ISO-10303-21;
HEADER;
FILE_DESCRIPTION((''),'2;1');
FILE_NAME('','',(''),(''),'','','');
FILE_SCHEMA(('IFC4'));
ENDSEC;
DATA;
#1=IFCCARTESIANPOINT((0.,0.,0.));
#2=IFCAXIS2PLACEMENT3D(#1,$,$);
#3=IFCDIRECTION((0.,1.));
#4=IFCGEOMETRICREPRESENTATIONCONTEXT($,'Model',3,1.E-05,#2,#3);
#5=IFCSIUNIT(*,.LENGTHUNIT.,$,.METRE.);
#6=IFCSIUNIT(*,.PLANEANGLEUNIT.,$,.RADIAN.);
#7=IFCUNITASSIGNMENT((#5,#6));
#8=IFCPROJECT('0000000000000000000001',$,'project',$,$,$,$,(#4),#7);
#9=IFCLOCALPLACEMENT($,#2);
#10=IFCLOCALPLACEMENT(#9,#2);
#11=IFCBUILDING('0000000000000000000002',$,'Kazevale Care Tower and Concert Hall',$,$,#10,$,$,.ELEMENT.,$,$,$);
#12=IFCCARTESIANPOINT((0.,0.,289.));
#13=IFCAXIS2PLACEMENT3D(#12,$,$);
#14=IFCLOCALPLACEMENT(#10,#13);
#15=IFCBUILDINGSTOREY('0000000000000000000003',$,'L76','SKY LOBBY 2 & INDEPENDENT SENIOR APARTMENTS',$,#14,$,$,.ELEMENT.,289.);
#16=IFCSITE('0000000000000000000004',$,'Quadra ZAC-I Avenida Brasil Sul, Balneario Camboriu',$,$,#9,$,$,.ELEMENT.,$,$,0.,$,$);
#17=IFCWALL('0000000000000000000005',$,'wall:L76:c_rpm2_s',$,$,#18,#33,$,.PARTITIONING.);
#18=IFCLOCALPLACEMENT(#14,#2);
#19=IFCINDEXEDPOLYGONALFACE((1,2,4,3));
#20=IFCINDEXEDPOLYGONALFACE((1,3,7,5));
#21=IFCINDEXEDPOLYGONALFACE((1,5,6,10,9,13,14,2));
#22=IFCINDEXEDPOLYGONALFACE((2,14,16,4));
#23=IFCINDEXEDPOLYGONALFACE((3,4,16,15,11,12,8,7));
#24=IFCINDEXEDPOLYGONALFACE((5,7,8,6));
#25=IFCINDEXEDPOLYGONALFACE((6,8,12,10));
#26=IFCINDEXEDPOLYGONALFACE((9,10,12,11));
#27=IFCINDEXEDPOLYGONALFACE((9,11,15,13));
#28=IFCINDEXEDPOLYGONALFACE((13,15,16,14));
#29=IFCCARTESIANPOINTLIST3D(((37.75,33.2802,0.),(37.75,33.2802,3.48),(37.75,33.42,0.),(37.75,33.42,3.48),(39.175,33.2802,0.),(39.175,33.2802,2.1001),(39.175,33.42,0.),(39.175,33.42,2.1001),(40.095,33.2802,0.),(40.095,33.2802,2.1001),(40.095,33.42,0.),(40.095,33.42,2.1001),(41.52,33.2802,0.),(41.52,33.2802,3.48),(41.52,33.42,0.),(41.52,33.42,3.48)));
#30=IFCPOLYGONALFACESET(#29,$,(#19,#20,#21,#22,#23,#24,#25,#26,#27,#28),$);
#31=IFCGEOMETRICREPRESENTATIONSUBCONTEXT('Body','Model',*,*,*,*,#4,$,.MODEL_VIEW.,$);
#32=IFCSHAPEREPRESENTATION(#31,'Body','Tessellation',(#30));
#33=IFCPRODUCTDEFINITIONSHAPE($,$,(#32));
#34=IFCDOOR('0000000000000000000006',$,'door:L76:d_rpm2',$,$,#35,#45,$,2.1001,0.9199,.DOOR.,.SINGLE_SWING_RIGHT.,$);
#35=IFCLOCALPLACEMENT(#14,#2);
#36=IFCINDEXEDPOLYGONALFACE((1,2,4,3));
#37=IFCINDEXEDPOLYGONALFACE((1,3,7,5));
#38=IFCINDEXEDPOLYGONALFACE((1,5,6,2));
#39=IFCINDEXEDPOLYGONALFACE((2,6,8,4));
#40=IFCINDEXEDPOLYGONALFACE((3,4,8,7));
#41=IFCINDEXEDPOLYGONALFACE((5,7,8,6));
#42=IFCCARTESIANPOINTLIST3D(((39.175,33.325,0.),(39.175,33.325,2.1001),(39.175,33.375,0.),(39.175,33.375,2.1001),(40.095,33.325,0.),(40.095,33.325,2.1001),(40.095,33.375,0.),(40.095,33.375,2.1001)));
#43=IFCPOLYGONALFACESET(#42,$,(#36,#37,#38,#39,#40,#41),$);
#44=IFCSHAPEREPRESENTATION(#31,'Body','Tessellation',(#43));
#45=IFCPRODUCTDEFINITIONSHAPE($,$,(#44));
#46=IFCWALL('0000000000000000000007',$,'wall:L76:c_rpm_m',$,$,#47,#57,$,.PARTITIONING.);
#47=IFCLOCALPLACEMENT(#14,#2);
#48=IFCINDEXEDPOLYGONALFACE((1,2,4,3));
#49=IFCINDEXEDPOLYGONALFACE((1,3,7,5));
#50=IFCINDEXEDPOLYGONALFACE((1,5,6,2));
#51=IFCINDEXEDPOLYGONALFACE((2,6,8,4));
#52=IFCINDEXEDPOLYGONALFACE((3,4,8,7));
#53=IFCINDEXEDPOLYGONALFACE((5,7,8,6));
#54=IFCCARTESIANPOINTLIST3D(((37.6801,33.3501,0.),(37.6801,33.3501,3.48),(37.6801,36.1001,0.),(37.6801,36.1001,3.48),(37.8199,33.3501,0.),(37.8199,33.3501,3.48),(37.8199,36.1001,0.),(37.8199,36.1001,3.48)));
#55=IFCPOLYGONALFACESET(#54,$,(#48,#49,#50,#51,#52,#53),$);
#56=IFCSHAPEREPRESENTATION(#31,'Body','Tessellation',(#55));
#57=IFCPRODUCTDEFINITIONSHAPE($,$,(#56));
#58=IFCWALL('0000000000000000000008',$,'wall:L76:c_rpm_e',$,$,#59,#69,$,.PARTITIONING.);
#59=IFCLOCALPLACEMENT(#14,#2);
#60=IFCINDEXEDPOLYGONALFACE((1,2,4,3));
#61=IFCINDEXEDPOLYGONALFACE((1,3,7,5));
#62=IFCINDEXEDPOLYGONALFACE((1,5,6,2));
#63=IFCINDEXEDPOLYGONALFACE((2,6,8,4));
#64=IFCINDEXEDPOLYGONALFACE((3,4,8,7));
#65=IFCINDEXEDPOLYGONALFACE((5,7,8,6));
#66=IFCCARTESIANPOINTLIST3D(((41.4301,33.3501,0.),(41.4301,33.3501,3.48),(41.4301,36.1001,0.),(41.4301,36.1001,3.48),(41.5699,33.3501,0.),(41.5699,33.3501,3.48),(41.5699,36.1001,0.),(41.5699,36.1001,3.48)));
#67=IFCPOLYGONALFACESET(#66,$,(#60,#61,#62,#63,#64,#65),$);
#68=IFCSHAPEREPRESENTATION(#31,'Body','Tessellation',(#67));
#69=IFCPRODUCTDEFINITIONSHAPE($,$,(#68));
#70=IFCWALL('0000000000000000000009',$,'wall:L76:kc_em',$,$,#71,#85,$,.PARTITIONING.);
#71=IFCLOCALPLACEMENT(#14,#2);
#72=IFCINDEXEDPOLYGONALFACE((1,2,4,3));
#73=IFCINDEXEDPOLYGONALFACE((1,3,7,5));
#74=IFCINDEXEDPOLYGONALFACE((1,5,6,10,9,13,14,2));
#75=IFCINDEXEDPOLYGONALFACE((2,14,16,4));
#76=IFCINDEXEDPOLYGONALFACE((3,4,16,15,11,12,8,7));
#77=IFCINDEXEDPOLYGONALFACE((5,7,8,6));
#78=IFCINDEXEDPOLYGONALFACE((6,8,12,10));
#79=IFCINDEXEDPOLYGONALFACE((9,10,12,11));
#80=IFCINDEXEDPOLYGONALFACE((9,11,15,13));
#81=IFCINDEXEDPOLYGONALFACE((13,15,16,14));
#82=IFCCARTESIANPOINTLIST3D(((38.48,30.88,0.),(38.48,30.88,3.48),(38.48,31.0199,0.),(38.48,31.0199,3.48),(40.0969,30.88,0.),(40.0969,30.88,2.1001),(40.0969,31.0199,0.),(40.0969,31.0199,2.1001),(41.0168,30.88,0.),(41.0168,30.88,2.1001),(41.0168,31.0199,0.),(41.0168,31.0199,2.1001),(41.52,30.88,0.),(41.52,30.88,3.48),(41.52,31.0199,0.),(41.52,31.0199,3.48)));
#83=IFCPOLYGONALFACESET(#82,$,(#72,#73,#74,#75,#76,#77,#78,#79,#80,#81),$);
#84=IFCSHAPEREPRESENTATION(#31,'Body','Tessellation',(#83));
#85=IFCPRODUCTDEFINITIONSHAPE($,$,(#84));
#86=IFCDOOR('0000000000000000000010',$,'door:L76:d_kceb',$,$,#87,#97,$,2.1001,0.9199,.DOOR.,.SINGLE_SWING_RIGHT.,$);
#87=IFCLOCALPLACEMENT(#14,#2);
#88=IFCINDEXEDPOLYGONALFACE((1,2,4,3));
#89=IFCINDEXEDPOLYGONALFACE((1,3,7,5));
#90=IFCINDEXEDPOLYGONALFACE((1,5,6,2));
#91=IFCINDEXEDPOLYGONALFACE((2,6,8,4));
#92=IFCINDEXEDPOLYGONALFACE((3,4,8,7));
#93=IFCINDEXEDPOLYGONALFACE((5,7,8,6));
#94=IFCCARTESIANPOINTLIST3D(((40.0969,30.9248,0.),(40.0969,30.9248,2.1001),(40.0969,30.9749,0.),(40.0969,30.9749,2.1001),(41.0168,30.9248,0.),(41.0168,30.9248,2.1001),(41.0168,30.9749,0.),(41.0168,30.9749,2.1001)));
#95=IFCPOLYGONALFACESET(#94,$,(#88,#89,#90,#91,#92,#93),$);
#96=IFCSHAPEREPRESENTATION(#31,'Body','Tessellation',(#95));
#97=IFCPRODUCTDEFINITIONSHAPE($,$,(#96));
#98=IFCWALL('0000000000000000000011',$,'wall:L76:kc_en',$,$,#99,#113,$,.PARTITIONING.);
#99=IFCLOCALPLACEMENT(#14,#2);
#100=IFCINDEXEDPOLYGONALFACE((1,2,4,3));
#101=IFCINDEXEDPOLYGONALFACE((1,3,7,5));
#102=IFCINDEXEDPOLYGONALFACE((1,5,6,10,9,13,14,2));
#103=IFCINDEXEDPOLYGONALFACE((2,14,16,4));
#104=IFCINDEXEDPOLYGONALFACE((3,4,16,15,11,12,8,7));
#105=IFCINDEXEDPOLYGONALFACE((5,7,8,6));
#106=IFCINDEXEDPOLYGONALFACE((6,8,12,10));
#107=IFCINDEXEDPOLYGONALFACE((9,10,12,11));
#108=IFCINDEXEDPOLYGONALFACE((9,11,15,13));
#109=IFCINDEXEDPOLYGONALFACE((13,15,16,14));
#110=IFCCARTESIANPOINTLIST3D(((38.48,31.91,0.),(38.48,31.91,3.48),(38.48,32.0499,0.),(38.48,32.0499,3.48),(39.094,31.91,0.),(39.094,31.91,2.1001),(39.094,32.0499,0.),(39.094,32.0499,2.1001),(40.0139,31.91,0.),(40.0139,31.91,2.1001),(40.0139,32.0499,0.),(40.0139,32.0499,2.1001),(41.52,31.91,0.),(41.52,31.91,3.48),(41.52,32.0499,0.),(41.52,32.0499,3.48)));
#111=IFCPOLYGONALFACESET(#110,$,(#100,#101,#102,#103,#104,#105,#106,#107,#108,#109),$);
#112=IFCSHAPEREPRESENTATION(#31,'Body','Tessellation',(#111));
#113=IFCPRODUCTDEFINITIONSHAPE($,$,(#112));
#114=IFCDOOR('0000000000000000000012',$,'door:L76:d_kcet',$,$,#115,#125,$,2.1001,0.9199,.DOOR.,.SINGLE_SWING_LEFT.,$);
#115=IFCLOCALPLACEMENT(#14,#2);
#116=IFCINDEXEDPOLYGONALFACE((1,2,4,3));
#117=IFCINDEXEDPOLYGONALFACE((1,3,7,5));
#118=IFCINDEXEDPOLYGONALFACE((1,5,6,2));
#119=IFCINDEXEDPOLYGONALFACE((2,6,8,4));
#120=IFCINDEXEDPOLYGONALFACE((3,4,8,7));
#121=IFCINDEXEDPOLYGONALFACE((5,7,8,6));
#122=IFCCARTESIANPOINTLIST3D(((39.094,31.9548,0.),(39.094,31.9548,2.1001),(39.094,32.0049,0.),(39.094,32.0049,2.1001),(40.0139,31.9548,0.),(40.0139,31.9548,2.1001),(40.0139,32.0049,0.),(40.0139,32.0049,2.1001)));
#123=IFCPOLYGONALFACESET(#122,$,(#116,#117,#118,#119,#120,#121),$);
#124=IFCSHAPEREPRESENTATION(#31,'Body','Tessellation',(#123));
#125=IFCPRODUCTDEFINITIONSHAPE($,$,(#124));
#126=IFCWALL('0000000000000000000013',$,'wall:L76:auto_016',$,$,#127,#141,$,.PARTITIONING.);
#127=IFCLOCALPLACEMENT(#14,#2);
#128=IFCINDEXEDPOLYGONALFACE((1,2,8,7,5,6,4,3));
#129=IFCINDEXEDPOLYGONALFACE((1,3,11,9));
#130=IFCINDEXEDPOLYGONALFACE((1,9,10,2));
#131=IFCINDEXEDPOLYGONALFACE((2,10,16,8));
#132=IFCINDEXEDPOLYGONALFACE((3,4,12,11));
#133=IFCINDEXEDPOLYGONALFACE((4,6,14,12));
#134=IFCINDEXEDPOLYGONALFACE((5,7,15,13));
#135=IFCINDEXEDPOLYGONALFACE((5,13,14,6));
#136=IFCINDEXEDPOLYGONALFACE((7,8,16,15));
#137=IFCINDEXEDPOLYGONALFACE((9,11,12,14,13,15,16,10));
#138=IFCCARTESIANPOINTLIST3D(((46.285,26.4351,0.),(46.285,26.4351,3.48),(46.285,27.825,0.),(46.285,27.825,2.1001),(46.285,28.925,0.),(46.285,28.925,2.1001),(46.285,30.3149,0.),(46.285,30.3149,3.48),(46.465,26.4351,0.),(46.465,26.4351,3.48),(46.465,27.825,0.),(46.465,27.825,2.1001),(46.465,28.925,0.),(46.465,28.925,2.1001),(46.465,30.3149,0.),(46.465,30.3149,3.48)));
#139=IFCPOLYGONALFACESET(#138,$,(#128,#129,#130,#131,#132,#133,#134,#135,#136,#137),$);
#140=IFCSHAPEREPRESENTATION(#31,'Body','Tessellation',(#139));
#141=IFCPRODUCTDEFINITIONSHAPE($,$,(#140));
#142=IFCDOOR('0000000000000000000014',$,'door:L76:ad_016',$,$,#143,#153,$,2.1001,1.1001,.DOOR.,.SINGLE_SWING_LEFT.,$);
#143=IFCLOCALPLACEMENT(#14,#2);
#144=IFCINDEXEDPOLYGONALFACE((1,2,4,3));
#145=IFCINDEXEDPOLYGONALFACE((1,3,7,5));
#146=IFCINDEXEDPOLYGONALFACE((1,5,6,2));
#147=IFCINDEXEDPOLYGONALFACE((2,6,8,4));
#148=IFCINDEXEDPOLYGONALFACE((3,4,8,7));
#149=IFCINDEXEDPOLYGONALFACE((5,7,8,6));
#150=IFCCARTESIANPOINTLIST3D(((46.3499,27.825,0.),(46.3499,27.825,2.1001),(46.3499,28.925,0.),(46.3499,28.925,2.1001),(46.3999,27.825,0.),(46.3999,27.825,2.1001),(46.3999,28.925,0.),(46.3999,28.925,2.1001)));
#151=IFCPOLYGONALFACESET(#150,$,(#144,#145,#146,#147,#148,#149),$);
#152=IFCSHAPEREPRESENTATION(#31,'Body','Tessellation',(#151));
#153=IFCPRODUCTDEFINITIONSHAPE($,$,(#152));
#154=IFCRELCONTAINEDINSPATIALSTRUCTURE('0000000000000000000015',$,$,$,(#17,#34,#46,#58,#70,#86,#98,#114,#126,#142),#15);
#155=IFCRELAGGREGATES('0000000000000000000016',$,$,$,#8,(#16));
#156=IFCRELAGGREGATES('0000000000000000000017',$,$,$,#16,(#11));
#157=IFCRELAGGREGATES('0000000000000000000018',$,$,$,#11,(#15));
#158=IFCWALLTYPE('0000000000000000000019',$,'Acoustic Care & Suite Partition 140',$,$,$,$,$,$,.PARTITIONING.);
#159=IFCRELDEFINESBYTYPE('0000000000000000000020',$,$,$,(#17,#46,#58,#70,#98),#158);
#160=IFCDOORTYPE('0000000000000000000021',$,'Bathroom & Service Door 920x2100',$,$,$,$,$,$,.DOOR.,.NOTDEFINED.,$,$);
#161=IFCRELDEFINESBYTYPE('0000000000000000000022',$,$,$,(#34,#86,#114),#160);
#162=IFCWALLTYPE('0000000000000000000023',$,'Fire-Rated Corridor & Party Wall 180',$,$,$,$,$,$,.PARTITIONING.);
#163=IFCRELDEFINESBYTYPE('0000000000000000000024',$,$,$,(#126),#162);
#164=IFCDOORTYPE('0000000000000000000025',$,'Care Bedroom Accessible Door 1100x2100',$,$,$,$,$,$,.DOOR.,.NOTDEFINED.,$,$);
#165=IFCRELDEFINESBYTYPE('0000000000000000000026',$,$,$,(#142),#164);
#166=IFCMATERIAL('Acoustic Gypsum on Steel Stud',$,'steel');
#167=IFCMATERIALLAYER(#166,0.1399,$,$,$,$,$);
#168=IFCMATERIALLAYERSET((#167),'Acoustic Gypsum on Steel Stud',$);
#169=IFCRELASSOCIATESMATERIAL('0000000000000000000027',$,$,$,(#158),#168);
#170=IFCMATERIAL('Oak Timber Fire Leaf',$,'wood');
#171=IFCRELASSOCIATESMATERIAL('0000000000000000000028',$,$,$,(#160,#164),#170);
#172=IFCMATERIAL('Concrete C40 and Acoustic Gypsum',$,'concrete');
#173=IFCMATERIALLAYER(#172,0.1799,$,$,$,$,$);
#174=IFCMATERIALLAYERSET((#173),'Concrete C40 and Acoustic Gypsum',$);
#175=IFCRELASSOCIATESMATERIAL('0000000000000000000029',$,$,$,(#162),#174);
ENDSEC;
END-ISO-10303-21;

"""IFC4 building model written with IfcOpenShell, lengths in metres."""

from ifc_helpers import new_model, si_unit, direction, frame, frame_2d, origin, place, context, subcontext, project, spatial, rectangle, extrude, material, layer, layer_set, type_object, element, fill, save


model = new_model("IFC4")

# Units and contexts
model_context = context("Model", 3, precision=1e-05, world=origin(), true_north=direction((0.0, 1.0)))
body_context = subcontext(model_context, "Body", "Model", "MODEL_VIEW")
ifc_project = project(units=[si_unit("LENGTHUNIT", "METRE"), si_unit("PLANEANGLEUNIT", "RADIAN")], contexts=[model_context])

# Site, building, storey
site_placement = place(None, origin())
site = spatial("IfcSite", under=ifc_project, at=site_placement, Name="Quadra ZAC-I Avenida Brasil Sul, Balneario Camboriu", CompositionType="ELEMENT", RefElevation=0.0)
building_placement = place(site_placement, origin())
building = spatial("IfcBuilding", under=site, at=building_placement, Name="Kazevale Care Tower and Concert Hall", CompositionType="ELEMENT")
storey_placement = place(building_placement, frame((0.0, 0.0, 289.0)))
storey = spatial("IfcBuildingStorey", under=building, at=storey_placement, Name="L76", Description="SKY LOBBY 2 & INDEPENDENT SENIOR APARTMENTS", CompositionType="ELEMENT", Elevation=289.0)

# Wall, opening, door
ifc_material_1 = material(Name="Acoustic Gypsum on Steel Stud", Category="steel")
ifc_layer_1 = layer(ifc_material_1, 0.1399)
ifc_layer_set_1 = layer_set([ifc_layer_1], Name="Acoustic Gypsum on Steel Stud")
wall_type_1 = type_object("IfcWallType", Name="Acoustic Care & Suite Partition 140", PredefinedType="PARTITIONING", material=ifc_layer_set_1)
wall_1_placement = place(storey_placement, frame((37.75, 33.3501, 0.0), z_axis=(0.0, 0.0, 1.0), x_axis=(1.0, 0.0, 0.0)))
wall_1 = element("IfcWall", 1, at=wall_1_placement, inside=storey, type_object=wall_type_1, Name="wall:L76:c_rpm2_s", PredefinedType="PARTITIONING", context=body_context, shape_type="SweptSolid", body=[
    extrude(rectangle(XDim=3.77, YDim=0.1399, at=frame_2d((1.885, 0.0))), origin(), (0.0, 0.0, 1.0), 3.48),
])
opening_1_placement = place(wall_1_placement, frame((1.425, 0.0, 0.0)))
opening_1 = element("IfcOpeningElement", 2, at=opening_1_placement, cuts=wall_1, PredefinedType="OPENING", context=body_context, shape_type="SweptSolid", body=[
    extrude(rectangle(XDim=0.9199, YDim=2.1001, at=frame_2d((0.46, 1.05))), frame((0.0, 0.0798, 0.0), z_axis=(0.0, -1.0, 0.0), x_axis=(1.0, 0.0, 0.0)), (0.0, 0.0, 1.0), 0.1599),
])
ifc_material_2 = material(Name="Oak Timber Fire Leaf", Category="wood")
door_type_1 = type_object("IfcDoorType", Name="Bathroom & Service Door 920x2100", OperationType="NOTDEFINED", PredefinedType="DOOR", material=ifc_material_2)
door_1_placement = place(opening_1_placement, origin())
door_1 = element("IfcDoor", 3, at=door_1_placement, inside=storey, type_object=door_type_1, Name="door:L76:d_rpm2", OperationType="SINGLE_SWING_RIGHT", OverallHeight=2.1001, OverallWidth=0.9199, PredefinedType="DOOR", context=body_context, shape_type="SweptSolid", body=[
    extrude(rectangle(XDim=0.9199, YDim=2.1001, at=frame_2d((0.46, 1.05))), frame((0.0, 0.0249, 0.0), z_axis=(0.0, -1.0, 0.0), x_axis=(1.0, 0.0, 0.0)), (0.0, 0.0, 1.0), 0.05),
])
fill(opening_1, door_1)

# Walls
for number, where, z_axis, x_axis, name in (
    (4, (37.75, 33.3501, 0.0), (0.0, 0.0, 1.0), (0.0, 1.0, 0.0), "wall:L76:c_rpm_m"),
    (5, (41.5, 33.3501, 0.0), (0.0, 0.0, 1.0), (0.0, 1.0, 0.0), "wall:L76:c_rpm_e"),
):
    element("IfcWall", number, at=place(storey_placement, frame(where, z_axis=z_axis, x_axis=x_axis)), inside=storey, type_object=wall_type_1, Name=name, PredefinedType="PARTITIONING", context=body_context, shape_type="SweptSolid", body=[
        extrude(rectangle(XDim=2.75, YDim=0.1399, at=frame_2d((1.375, 0.0))), origin(), (0.0, 0.0, 1.0), 3.48),
    ])

# Walls, openings, doors
wall_2_placement = place(storey_placement, frame((38.48, 30.95, 0.0), z_axis=(0.0, 0.0, 1.0), x_axis=(1.0, 0.0, 0.0)))
wall_2 = element("IfcWall", 6, at=wall_2_placement, inside=storey, type_object=wall_type_1, Name="wall:L76:kc_em", PredefinedType="PARTITIONING", context=body_context, shape_type="SweptSolid", body=[
    extrude(rectangle(XDim=3.04, YDim=0.1399, at=frame_2d((1.52, 0.0))), origin(), (0.0, 0.0, 1.0), 3.48),
])
opening_2_placement = place(wall_2_placement, frame((1.6169, 0.0, 0.0)))
opening_2 = element("IfcOpeningElement", 7, at=opening_2_placement, cuts=wall_2, PredefinedType="OPENING", context=body_context, shape_type="SweptSolid", body=[
    extrude(rectangle(XDim=0.9199, YDim=2.1001, at=frame_2d((0.46, 1.05))), frame((0.0, 0.0798, 0.0), z_axis=(0.0, -1.0, 0.0), x_axis=(1.0, 0.0, 0.0)), (0.0, 0.0, 1.0), 0.1599),
])
door_2_placement = place(opening_2_placement, origin())
door_2 = element("IfcDoor", 8, at=door_2_placement, inside=storey, type_object=door_type_1, Name="door:L76:d_kceb", OperationType="SINGLE_SWING_RIGHT", OverallHeight=2.1001, OverallWidth=0.9199, PredefinedType="DOOR", context=body_context, shape_type="SweptSolid", body=[
    extrude(rectangle(XDim=0.9199, YDim=2.1001, at=frame_2d((0.46, 1.05))), frame((0.0, 0.0249, 0.0), z_axis=(0.0, -1.0, 0.0), x_axis=(1.0, 0.0, 0.0)), (0.0, 0.0, 1.0), 0.05),
])
fill(opening_2, door_2)
wall_3_placement = place(storey_placement, frame((38.48, 31.98, 0.0), z_axis=(0.0, 0.0, 1.0), x_axis=(1.0, 0.0, 0.0)))
wall_3 = element("IfcWall", 9, at=wall_3_placement, inside=storey, type_object=wall_type_1, Name="wall:L76:kc_en", PredefinedType="PARTITIONING", context=body_context, shape_type="SweptSolid", body=[
    extrude(rectangle(XDim=3.04, YDim=0.1399, at=frame_2d((1.52, 0.0))), origin(), (0.0, 0.0, 1.0), 3.48),
])
opening_3_placement = place(wall_3_placement, frame((0.614, 0.0, 0.0)))
opening_3 = element("IfcOpeningElement", 10, at=opening_3_placement, cuts=wall_3, PredefinedType="OPENING", context=body_context, shape_type="SweptSolid", body=[
    extrude(rectangle(XDim=0.9199, YDim=2.1001, at=frame_2d((0.46, 1.05))), frame((0.0, 0.0798, 0.0), z_axis=(0.0, -1.0, 0.0), x_axis=(1.0, 0.0, 0.0)), (0.0, 0.0, 1.0), 0.1599),
])
door_3_placement = place(opening_3_placement, origin())
door_3 = element("IfcDoor", 11, at=door_3_placement, inside=storey, type_object=door_type_1, Name="door:L76:d_kcet", OperationType="SINGLE_SWING_LEFT", OverallHeight=2.1001, OverallWidth=0.9199, PredefinedType="DOOR", context=body_context, shape_type="SweptSolid", body=[
    extrude(rectangle(XDim=0.9199, YDim=2.1001, at=frame_2d((0.46, 1.05))), frame((0.0, 0.0249, 0.0), z_axis=(0.0, -1.0, 0.0), x_axis=(1.0, 0.0, 0.0)), (0.0, 0.0, 1.0), 0.05),
])
fill(opening_3, door_3)
ifc_material_3 = material(Name="Concrete C40 and Acoustic Gypsum", Category="concrete")
ifc_layer_2 = layer(ifc_material_3, 0.1799)
ifc_layer_set_2 = layer_set([ifc_layer_2], Name="Concrete C40 and Acoustic Gypsum")
wall_type_2 = type_object("IfcWallType", Name="Fire-Rated Corridor & Party Wall 180", PredefinedType="PARTITIONING", material=ifc_layer_set_2)
wall_4_placement = place(storey_placement, frame((46.375, 30.3149, 0.0), z_axis=(0.0, 0.0, 1.0), x_axis=(0.0, -1.0, 0.0)))
wall_4 = element("IfcWall", 12, at=wall_4_placement, inside=storey, type_object=wall_type_2, Name="wall:L76:auto_016", PredefinedType="PARTITIONING", context=body_context, shape_type="SweptSolid", body=[
    extrude(rectangle(XDim=3.8799, YDim=0.1799, at=frame_2d((1.9399, 0.0))), origin(), (0.0, 0.0, 1.0), 3.48),
])
opening_4_placement = place(wall_4_placement, frame((1.3899, 0.0, 0.0)))
opening_4 = element("IfcOpeningElement", 13, at=opening_4_placement, cuts=wall_4, PredefinedType="OPENING", context=body_context, shape_type="SweptSolid", body=[
    extrude(rectangle(XDim=1.1001, YDim=2.1001, at=frame_2d((0.55, 1.05))), frame((0.0, 0.0999, 0.0), z_axis=(0.0, -1.0, 0.0), x_axis=(1.0, 0.0, 0.0)), (0.0, 0.0, 1.0), 0.2),
])
door_type_2 = type_object("IfcDoorType", Name="Care Bedroom Accessible Door 1100x2100", OperationType="NOTDEFINED", PredefinedType="DOOR", material=ifc_material_2)
door_4_placement = place(opening_4_placement, origin())
door_4 = element("IfcDoor", 14, at=door_4_placement, inside=storey, type_object=door_type_2, Name="door:L76:ad_016", OperationType="SINGLE_SWING_LEFT", OverallHeight=2.1001, OverallWidth=1.1001, PredefinedType="DOOR", context=body_context, shape_type="SweptSolid", body=[
    extrude(rectangle(XDim=1.1001, YDim=2.1001, at=frame_2d((0.55, 1.05))), frame((0.0, 0.0249, 0.0), z_axis=(0.0, -1.0, 0.0), x_axis=(1.0, 0.0, 0.0)), (0.0, 0.0, 1.0), 0.05),
])
fill(opening_4, door_4)

save(model, "model.ifc")
